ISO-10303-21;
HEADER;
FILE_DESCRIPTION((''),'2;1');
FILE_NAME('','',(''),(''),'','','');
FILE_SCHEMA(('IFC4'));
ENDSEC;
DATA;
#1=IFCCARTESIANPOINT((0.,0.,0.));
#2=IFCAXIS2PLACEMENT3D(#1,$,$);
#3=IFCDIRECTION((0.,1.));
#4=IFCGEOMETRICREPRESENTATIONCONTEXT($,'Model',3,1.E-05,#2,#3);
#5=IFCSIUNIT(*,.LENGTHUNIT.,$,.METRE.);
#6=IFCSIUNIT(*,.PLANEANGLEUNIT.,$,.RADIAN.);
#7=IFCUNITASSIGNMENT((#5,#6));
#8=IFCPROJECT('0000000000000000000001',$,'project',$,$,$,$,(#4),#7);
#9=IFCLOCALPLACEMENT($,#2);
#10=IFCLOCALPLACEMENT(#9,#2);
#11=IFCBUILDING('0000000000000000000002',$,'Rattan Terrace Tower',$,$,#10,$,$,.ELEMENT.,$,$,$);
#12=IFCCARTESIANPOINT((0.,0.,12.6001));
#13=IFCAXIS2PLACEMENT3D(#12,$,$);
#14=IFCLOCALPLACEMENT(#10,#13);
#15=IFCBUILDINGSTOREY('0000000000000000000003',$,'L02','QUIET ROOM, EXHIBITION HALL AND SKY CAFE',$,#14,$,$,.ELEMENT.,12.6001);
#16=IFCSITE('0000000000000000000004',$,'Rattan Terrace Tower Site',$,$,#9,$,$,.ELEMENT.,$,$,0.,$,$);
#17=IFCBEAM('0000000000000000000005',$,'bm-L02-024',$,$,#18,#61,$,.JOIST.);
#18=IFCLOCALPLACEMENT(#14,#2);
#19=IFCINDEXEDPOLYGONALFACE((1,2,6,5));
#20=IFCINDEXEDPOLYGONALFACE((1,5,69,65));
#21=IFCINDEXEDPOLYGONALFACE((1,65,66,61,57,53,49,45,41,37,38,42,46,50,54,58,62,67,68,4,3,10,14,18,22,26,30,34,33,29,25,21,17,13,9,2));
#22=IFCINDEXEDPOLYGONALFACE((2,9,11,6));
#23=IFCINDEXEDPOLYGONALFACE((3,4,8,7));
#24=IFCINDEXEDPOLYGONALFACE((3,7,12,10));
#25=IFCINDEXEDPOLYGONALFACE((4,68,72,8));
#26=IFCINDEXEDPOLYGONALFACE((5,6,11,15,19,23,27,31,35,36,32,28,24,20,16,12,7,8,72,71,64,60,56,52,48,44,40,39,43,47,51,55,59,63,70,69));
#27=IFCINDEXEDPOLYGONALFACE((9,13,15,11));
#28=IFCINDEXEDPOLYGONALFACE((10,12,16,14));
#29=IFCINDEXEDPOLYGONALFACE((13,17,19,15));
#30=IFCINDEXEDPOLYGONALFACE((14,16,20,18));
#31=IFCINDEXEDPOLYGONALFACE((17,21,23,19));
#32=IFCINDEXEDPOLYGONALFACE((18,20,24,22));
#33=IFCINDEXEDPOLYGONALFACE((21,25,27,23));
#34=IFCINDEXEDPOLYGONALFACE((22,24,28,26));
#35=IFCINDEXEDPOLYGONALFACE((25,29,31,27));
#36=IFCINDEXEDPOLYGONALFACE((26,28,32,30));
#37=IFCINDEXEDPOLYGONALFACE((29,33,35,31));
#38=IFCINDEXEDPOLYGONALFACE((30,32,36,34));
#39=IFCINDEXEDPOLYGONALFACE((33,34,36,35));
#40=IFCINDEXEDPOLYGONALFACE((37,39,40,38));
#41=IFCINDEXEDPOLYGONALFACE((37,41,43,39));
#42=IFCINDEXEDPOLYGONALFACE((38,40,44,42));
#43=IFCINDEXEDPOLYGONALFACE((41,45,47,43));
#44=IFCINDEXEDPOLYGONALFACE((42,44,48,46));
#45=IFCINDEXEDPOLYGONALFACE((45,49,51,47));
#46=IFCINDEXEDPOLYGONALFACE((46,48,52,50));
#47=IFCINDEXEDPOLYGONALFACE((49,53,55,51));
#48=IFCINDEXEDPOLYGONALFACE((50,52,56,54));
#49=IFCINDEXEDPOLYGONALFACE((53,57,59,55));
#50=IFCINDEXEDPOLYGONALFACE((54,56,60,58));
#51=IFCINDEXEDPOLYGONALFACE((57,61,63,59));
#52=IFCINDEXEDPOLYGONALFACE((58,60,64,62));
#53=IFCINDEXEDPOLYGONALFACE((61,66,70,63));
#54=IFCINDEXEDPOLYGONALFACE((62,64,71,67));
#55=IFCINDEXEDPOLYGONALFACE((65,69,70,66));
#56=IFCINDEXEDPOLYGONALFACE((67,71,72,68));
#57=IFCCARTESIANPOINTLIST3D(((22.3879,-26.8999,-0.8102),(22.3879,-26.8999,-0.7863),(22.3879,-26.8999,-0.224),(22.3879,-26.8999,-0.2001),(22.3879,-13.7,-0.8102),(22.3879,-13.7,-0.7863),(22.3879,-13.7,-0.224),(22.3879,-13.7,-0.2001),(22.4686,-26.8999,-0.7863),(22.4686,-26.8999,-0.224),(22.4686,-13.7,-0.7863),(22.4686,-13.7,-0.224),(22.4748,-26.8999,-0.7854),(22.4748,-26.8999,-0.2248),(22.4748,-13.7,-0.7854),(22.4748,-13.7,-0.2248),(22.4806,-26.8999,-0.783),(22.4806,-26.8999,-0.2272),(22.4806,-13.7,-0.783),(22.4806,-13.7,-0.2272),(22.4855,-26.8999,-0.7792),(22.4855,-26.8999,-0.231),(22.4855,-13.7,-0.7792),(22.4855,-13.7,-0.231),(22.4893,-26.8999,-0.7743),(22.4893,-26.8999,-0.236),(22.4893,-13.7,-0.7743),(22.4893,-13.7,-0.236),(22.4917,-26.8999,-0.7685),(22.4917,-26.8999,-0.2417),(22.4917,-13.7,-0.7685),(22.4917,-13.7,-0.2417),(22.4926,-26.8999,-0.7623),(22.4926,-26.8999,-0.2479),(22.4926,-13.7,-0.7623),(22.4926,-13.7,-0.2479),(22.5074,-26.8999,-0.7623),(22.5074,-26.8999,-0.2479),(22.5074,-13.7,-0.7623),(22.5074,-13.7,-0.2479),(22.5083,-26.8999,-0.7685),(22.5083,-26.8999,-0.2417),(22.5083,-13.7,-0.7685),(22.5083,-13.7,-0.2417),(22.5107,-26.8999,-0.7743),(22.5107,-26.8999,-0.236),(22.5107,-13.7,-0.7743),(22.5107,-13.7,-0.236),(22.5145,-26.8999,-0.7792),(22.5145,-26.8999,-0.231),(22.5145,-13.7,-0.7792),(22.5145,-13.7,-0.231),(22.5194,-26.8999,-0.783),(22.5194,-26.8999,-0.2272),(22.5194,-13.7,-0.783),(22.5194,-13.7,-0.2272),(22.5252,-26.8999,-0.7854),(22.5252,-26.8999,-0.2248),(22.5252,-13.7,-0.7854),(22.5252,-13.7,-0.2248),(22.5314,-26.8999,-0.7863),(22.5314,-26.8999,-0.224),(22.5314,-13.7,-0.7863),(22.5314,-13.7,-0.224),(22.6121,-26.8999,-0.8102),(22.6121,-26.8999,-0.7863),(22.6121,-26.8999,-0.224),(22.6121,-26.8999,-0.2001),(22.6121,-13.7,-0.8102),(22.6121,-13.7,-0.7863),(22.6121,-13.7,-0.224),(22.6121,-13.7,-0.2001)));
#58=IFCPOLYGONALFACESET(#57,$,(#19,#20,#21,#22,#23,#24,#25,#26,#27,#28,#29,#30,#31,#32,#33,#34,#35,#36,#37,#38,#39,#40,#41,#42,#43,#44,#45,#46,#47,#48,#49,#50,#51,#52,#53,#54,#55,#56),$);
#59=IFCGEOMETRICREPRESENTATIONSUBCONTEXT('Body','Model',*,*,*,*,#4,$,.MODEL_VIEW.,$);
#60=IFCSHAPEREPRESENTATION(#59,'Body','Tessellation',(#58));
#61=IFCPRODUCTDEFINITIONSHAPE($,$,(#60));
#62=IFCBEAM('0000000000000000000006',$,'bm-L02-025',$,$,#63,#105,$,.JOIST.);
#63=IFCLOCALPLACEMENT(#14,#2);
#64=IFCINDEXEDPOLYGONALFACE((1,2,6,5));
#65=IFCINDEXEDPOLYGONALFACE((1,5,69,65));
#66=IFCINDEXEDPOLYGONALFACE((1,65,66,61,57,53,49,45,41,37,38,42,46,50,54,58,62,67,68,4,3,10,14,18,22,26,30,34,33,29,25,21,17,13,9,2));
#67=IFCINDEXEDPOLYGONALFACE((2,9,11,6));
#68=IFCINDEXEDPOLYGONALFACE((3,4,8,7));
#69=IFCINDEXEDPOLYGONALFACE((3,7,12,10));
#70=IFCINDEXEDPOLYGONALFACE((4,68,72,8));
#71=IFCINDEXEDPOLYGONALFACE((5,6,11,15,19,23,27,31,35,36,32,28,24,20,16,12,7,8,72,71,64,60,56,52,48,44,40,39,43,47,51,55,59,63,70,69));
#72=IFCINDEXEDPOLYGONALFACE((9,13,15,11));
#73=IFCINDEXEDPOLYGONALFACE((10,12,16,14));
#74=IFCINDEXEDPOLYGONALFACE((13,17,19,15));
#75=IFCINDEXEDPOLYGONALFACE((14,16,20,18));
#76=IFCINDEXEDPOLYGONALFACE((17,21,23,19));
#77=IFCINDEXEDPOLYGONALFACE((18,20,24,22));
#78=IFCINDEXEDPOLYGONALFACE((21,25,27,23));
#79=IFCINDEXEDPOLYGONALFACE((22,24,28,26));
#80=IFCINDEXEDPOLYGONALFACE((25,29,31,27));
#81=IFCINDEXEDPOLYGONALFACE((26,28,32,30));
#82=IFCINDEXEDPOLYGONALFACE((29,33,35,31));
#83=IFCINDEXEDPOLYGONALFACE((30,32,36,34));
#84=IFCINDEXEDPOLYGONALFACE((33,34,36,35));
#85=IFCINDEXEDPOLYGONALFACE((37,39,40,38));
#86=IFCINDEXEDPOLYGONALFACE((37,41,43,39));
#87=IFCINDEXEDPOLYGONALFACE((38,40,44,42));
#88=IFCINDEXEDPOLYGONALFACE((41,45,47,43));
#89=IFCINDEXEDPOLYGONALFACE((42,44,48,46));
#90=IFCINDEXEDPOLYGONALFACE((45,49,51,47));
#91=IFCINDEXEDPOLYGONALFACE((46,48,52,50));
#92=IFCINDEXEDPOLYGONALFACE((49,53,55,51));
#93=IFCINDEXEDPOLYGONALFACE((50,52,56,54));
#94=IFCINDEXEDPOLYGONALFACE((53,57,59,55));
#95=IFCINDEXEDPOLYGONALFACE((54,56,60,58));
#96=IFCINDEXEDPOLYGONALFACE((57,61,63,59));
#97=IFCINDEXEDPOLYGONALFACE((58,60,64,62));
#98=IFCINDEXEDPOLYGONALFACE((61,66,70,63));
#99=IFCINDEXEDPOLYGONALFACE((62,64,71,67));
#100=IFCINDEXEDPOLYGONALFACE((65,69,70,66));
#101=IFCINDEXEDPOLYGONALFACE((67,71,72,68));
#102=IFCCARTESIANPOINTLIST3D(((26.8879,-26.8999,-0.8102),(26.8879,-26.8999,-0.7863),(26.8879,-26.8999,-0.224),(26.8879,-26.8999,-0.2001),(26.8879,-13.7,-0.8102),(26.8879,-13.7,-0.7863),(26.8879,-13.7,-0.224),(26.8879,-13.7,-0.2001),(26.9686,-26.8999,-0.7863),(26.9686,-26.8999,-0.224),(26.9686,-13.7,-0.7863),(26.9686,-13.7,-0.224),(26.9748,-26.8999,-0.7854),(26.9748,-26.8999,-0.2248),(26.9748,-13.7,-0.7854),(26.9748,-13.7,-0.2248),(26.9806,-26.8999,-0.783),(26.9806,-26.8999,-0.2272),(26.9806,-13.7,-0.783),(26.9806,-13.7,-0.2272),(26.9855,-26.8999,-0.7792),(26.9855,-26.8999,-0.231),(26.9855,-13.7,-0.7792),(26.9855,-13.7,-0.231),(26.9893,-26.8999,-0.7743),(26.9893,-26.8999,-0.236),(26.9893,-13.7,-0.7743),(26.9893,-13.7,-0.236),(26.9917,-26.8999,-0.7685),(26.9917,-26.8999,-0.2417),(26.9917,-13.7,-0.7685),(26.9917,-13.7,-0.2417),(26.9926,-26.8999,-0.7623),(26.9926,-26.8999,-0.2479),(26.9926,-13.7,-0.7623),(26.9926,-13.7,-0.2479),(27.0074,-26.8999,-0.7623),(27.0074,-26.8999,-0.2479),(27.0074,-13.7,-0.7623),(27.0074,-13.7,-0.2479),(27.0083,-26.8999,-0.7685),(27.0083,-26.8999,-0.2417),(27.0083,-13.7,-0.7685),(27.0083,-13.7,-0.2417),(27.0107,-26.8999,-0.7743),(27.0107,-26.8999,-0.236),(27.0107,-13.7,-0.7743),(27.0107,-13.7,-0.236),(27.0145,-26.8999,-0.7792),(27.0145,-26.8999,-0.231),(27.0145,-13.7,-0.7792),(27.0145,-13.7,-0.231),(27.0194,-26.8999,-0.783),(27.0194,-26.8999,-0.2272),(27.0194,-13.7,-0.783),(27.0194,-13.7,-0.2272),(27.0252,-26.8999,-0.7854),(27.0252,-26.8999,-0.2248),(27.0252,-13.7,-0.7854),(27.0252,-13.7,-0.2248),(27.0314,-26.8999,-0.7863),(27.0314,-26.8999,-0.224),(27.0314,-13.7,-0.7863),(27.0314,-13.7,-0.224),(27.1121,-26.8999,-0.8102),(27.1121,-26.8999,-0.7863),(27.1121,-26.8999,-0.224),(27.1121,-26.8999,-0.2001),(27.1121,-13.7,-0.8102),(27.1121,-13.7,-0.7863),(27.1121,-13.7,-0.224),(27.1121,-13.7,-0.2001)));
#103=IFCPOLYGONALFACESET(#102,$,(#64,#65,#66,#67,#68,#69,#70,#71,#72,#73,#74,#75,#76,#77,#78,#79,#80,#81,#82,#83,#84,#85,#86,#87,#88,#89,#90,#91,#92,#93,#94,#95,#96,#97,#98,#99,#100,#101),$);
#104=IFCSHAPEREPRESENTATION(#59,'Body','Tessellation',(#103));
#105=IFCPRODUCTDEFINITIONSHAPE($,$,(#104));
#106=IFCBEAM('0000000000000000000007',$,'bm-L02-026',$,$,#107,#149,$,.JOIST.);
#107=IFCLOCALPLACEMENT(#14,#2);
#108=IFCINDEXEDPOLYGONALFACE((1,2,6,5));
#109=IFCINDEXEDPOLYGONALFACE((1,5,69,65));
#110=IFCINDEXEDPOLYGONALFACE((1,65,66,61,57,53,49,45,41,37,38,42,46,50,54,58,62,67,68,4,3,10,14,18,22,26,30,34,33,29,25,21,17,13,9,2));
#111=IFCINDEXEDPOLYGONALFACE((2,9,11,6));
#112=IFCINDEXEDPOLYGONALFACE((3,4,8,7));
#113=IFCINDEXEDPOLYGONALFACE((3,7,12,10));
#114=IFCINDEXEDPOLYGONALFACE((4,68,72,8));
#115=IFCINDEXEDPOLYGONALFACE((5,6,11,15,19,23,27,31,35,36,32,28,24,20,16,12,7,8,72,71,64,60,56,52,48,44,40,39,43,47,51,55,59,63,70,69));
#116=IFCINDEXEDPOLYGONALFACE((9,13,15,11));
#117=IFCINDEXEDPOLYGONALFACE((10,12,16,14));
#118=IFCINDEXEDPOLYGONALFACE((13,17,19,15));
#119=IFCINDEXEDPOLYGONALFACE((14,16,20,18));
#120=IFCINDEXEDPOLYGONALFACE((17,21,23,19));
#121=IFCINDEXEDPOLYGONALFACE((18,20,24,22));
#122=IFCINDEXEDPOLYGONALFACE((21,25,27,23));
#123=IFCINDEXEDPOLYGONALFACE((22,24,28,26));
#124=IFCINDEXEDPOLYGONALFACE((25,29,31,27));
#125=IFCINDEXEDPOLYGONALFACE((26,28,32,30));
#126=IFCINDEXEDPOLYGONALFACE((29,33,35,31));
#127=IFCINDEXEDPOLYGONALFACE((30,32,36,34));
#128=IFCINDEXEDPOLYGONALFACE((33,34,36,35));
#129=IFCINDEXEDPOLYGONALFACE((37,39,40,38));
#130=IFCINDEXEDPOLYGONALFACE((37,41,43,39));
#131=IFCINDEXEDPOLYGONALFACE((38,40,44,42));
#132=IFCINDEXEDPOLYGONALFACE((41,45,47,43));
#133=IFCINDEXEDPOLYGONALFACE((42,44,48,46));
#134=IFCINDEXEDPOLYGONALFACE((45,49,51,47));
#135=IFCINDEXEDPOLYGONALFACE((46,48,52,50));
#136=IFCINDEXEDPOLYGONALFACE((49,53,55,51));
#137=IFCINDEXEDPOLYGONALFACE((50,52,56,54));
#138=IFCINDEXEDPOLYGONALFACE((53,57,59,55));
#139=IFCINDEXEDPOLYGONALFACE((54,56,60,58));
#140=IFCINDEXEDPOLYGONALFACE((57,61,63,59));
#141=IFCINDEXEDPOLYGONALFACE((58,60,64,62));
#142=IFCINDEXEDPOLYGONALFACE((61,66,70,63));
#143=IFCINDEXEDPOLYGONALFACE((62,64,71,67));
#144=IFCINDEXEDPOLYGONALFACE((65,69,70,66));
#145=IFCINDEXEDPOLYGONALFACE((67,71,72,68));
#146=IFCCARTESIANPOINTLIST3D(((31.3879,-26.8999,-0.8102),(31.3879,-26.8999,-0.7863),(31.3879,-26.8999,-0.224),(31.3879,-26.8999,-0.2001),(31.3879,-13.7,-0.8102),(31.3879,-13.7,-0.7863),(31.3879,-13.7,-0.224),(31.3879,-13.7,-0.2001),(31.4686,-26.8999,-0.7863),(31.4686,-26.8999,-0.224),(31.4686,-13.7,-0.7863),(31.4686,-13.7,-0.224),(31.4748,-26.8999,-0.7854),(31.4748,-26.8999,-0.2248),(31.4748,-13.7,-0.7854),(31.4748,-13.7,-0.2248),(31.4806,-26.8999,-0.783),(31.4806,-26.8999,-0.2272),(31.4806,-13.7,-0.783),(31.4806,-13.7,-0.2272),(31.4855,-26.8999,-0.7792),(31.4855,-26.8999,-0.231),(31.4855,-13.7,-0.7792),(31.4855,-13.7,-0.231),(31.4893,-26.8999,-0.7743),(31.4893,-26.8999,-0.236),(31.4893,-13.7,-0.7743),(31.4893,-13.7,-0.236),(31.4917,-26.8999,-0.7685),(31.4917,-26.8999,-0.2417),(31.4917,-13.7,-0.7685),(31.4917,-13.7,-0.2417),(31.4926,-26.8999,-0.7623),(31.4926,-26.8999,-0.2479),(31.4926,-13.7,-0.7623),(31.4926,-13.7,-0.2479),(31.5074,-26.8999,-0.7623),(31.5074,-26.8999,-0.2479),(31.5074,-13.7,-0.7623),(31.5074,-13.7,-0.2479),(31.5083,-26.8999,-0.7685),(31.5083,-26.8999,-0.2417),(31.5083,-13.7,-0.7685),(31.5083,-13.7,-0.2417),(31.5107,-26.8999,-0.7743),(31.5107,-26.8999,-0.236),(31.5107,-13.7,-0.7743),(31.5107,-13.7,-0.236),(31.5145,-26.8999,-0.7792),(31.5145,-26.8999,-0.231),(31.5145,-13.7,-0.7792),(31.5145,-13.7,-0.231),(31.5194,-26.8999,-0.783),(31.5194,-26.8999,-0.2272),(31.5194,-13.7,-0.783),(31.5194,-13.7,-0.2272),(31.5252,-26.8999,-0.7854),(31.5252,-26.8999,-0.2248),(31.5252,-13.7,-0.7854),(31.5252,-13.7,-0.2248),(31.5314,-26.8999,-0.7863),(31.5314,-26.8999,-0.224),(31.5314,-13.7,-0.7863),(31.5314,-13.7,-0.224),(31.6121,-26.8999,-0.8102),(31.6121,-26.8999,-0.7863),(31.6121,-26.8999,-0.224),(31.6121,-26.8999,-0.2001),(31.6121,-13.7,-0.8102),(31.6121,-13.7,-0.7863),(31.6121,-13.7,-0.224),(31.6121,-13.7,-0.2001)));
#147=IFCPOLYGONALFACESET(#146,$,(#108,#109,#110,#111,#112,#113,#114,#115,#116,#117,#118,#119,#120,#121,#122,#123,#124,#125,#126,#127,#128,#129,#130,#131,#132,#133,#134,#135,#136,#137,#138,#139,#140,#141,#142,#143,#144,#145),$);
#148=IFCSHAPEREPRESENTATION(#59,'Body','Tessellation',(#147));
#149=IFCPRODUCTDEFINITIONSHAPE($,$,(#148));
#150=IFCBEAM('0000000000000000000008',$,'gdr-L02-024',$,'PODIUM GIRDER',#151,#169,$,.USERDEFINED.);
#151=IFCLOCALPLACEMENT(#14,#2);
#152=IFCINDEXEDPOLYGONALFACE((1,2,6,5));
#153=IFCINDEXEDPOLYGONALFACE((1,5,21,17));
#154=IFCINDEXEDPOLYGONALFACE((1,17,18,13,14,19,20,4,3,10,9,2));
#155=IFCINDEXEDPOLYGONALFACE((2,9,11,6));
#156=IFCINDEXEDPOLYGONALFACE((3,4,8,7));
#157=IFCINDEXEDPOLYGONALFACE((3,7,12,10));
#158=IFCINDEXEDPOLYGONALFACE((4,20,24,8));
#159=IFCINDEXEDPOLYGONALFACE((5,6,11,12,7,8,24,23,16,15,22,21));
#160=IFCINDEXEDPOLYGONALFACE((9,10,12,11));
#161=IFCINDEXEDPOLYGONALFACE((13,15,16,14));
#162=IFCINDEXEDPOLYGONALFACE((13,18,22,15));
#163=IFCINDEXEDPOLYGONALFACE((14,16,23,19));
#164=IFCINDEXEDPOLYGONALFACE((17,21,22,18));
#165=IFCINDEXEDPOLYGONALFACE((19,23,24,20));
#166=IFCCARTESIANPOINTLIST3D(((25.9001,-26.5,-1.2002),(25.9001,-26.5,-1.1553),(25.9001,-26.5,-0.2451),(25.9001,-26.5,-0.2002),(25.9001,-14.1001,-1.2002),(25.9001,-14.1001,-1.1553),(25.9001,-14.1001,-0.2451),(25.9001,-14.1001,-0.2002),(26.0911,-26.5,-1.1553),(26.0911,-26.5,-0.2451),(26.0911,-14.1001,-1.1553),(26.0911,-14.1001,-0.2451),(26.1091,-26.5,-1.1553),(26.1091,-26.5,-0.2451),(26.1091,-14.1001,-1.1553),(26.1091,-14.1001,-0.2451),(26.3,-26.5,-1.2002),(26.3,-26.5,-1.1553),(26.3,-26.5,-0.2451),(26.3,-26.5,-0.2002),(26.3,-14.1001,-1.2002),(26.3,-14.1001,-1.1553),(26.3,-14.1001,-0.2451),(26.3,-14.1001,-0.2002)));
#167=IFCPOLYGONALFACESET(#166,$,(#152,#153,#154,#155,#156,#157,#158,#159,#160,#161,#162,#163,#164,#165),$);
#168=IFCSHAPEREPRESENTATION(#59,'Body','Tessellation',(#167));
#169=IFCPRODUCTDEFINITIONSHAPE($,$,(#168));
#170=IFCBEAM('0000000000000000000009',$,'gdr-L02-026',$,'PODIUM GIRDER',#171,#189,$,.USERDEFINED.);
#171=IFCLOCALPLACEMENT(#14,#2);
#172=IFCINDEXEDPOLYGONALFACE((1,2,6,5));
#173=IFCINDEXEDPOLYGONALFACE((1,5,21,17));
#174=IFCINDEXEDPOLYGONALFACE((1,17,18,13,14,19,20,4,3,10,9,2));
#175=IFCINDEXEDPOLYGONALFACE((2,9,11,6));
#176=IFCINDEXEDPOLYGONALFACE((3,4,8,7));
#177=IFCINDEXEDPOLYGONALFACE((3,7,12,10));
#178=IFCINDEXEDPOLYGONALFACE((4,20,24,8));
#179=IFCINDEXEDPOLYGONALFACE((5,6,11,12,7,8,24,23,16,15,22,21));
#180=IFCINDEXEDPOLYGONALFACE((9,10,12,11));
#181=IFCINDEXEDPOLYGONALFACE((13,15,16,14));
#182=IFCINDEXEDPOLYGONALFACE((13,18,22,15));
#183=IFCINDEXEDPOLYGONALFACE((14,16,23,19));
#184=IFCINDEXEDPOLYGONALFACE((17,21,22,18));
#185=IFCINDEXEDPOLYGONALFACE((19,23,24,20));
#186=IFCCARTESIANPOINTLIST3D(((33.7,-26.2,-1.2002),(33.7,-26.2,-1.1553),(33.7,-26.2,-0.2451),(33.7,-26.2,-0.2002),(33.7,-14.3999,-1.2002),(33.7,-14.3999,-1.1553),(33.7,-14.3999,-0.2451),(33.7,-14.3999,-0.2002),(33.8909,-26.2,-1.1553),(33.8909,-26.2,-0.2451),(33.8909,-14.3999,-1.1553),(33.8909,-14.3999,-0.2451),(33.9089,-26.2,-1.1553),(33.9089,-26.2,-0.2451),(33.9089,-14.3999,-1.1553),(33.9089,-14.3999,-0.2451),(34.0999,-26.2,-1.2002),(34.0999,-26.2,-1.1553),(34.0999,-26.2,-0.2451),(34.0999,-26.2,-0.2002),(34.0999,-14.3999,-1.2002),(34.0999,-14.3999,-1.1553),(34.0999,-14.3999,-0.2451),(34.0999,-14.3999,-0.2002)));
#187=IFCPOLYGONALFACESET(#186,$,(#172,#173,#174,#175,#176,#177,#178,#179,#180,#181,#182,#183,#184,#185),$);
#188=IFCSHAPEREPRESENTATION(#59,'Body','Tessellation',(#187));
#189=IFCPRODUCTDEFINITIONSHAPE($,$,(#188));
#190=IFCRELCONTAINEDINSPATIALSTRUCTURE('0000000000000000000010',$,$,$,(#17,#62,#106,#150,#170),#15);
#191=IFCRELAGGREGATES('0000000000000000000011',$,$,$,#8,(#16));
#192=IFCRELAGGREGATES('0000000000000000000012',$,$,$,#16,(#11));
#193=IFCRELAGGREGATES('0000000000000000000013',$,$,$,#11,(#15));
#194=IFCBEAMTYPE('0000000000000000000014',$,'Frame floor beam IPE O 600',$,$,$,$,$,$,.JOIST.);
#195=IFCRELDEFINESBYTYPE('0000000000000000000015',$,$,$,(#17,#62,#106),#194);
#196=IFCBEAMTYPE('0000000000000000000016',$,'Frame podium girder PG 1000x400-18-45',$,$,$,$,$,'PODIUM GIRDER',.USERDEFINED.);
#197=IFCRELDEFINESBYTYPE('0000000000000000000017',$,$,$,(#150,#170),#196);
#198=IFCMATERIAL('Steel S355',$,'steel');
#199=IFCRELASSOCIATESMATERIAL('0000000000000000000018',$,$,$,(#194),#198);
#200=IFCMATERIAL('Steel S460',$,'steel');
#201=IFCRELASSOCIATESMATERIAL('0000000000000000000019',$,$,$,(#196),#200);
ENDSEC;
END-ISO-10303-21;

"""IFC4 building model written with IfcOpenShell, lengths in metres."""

from ifc_helpers import new_model, si_unit, direction, frame, origin, origin_2d, place, context, subcontext, project, spatial, i_section, extrude, material, material_profile, profile_set, type_object, element, save


model = new_model("IFC4")

# Units and contexts
model_context = context("Model", 3, precision=1e-05, world=origin(), true_north=direction((0.0, 1.0)))
body_context = subcontext(model_context, "Body", "Model", "MODEL_VIEW")
ifc_project = project(units=[si_unit("LENGTHUNIT", "METRE"), si_unit("PLANEANGLEUNIT", "RADIAN")], contexts=[model_context])

# Site, building, storey
site_placement = place(None, origin())
site = spatial("IfcSite", under=ifc_project, at=site_placement, Name="Rattan Terrace Tower Site", CompositionType="ELEMENT", RefElevation=0.0)
building_placement = place(site_placement, origin())
building = spatial("IfcBuilding", under=site, at=building_placement, Name="Rattan Terrace Tower", CompositionType="ELEMENT")
storey_placement = place(building_placement, frame((0.0, 0.0, 12.6001)))
storey = spatial("IfcBuildingStorey", under=building, at=storey_placement, Name="L02", Description="QUIET ROOM, EXHIBITION HALL AND SKY CAFE", CompositionType="ELEMENT", Elevation=12.6001)

# Beams
ifc_material_1 = material(Name="Steel S355", Category="steel")
ifc_material_profile_1 = material_profile(ifc_material_1, i_section(OverallWidth=0.2241, OverallDepth=0.6101, WebThickness=0.0149, FlangeThickness=0.0239, FilletRadius=0.0239, at=origin_2d()), Name="IPE O 600")
ifc_profile_set_1 = profile_set([ifc_material_profile_1], Name="Steel S355")
beam_type_1 = type_object("IfcBeamType", Name="Frame floor beam IPE O 600", PredefinedType="JOIST", material=ifc_profile_set_1)
for number, where, z_axis, x_axis, name in (
    (1, (22.5, -26.8999, -0.5051), (0.0, 1.0, 0.0), (-1.0, 0.0, 0.0), "bm-L02-024"),
    (2, (27.0, -26.8999, -0.5051), (0.0, 1.0, 0.0), (-1.0, 0.0, 0.0), "bm-L02-025"),
    (3, (31.5, -26.8999, -0.5051), (0.0, 1.0, 0.0), (-1.0, 0.0, 0.0), "bm-L02-026"),
):
    element("IfcBeam", number, at=place(storey_placement, frame(where, z_axis=z_axis, x_axis=x_axis)), inside=storey, type_object=beam_type_1, Name=name, PredefinedType="JOIST", context=body_context, shape_type="SweptSolid", body=[
        extrude(i_section(OverallWidth=0.2241, OverallDepth=0.6101, WebThickness=0.0149, FlangeThickness=0.0239, FilletRadius=0.0239, at=origin_2d()), origin(), (0.0, 0.0, 1.0), 13.2),
    ])
ifc_material_2 = material(Name="Steel S460", Category="steel")
ifc_material_profile_2 = material_profile(ifc_material_2, i_section(OverallWidth=0.3999, OverallDepth=1.0, WebThickness=0.0181, FlangeThickness=0.0449, at=origin_2d()), Name="PG 1000x400-18-45")
ifc_profile_set_2 = profile_set([ifc_material_profile_2], Name="Steel S460")
beam_type_2 = type_object("IfcBeamType", Name="Frame podium girder PG 1000x400-18-45", ElementType="PODIUM GIRDER", PredefinedType="USERDEFINED", material=ifc_profile_set_2)
beam_1_placement = place(storey_placement, frame((26.1001, -26.5, -0.7002), z_axis=(0.0, 1.0, 0.0), x_axis=(-1.0, 0.0, 0.0)))
element("IfcBeam", 4, at=beam_1_placement, inside=storey, type_object=beam_type_2, Name="gdr-L02-024", ObjectType="PODIUM GIRDER", PredefinedType="USERDEFINED", context=body_context, shape_type="SweptSolid", body=[
    extrude(i_section(OverallWidth=0.3999, OverallDepth=1.0, WebThickness=0.0181, FlangeThickness=0.0449, at=origin_2d()), origin(), (0.0, 0.0, 1.0), 12.3999),
])
beam_2_placement = place(storey_placement, frame((33.8999, -26.2, -0.7002), z_axis=(0.0, 1.0, 0.0), x_axis=(-1.0, 0.0, 0.0)))
element("IfcBeam", 5, at=beam_2_placement, inside=storey, type_object=beam_type_2, Name="gdr-L02-026", ObjectType="PODIUM GIRDER", PredefinedType="USERDEFINED", context=body_context, shape_type="SweptSolid", body=[
    extrude(i_section(OverallWidth=0.3999, OverallDepth=1.0, WebThickness=0.0181, FlangeThickness=0.0449, at=origin_2d()), origin(), (0.0, 0.0, 1.0), 11.8),
])

save(model, "model.ifc")
